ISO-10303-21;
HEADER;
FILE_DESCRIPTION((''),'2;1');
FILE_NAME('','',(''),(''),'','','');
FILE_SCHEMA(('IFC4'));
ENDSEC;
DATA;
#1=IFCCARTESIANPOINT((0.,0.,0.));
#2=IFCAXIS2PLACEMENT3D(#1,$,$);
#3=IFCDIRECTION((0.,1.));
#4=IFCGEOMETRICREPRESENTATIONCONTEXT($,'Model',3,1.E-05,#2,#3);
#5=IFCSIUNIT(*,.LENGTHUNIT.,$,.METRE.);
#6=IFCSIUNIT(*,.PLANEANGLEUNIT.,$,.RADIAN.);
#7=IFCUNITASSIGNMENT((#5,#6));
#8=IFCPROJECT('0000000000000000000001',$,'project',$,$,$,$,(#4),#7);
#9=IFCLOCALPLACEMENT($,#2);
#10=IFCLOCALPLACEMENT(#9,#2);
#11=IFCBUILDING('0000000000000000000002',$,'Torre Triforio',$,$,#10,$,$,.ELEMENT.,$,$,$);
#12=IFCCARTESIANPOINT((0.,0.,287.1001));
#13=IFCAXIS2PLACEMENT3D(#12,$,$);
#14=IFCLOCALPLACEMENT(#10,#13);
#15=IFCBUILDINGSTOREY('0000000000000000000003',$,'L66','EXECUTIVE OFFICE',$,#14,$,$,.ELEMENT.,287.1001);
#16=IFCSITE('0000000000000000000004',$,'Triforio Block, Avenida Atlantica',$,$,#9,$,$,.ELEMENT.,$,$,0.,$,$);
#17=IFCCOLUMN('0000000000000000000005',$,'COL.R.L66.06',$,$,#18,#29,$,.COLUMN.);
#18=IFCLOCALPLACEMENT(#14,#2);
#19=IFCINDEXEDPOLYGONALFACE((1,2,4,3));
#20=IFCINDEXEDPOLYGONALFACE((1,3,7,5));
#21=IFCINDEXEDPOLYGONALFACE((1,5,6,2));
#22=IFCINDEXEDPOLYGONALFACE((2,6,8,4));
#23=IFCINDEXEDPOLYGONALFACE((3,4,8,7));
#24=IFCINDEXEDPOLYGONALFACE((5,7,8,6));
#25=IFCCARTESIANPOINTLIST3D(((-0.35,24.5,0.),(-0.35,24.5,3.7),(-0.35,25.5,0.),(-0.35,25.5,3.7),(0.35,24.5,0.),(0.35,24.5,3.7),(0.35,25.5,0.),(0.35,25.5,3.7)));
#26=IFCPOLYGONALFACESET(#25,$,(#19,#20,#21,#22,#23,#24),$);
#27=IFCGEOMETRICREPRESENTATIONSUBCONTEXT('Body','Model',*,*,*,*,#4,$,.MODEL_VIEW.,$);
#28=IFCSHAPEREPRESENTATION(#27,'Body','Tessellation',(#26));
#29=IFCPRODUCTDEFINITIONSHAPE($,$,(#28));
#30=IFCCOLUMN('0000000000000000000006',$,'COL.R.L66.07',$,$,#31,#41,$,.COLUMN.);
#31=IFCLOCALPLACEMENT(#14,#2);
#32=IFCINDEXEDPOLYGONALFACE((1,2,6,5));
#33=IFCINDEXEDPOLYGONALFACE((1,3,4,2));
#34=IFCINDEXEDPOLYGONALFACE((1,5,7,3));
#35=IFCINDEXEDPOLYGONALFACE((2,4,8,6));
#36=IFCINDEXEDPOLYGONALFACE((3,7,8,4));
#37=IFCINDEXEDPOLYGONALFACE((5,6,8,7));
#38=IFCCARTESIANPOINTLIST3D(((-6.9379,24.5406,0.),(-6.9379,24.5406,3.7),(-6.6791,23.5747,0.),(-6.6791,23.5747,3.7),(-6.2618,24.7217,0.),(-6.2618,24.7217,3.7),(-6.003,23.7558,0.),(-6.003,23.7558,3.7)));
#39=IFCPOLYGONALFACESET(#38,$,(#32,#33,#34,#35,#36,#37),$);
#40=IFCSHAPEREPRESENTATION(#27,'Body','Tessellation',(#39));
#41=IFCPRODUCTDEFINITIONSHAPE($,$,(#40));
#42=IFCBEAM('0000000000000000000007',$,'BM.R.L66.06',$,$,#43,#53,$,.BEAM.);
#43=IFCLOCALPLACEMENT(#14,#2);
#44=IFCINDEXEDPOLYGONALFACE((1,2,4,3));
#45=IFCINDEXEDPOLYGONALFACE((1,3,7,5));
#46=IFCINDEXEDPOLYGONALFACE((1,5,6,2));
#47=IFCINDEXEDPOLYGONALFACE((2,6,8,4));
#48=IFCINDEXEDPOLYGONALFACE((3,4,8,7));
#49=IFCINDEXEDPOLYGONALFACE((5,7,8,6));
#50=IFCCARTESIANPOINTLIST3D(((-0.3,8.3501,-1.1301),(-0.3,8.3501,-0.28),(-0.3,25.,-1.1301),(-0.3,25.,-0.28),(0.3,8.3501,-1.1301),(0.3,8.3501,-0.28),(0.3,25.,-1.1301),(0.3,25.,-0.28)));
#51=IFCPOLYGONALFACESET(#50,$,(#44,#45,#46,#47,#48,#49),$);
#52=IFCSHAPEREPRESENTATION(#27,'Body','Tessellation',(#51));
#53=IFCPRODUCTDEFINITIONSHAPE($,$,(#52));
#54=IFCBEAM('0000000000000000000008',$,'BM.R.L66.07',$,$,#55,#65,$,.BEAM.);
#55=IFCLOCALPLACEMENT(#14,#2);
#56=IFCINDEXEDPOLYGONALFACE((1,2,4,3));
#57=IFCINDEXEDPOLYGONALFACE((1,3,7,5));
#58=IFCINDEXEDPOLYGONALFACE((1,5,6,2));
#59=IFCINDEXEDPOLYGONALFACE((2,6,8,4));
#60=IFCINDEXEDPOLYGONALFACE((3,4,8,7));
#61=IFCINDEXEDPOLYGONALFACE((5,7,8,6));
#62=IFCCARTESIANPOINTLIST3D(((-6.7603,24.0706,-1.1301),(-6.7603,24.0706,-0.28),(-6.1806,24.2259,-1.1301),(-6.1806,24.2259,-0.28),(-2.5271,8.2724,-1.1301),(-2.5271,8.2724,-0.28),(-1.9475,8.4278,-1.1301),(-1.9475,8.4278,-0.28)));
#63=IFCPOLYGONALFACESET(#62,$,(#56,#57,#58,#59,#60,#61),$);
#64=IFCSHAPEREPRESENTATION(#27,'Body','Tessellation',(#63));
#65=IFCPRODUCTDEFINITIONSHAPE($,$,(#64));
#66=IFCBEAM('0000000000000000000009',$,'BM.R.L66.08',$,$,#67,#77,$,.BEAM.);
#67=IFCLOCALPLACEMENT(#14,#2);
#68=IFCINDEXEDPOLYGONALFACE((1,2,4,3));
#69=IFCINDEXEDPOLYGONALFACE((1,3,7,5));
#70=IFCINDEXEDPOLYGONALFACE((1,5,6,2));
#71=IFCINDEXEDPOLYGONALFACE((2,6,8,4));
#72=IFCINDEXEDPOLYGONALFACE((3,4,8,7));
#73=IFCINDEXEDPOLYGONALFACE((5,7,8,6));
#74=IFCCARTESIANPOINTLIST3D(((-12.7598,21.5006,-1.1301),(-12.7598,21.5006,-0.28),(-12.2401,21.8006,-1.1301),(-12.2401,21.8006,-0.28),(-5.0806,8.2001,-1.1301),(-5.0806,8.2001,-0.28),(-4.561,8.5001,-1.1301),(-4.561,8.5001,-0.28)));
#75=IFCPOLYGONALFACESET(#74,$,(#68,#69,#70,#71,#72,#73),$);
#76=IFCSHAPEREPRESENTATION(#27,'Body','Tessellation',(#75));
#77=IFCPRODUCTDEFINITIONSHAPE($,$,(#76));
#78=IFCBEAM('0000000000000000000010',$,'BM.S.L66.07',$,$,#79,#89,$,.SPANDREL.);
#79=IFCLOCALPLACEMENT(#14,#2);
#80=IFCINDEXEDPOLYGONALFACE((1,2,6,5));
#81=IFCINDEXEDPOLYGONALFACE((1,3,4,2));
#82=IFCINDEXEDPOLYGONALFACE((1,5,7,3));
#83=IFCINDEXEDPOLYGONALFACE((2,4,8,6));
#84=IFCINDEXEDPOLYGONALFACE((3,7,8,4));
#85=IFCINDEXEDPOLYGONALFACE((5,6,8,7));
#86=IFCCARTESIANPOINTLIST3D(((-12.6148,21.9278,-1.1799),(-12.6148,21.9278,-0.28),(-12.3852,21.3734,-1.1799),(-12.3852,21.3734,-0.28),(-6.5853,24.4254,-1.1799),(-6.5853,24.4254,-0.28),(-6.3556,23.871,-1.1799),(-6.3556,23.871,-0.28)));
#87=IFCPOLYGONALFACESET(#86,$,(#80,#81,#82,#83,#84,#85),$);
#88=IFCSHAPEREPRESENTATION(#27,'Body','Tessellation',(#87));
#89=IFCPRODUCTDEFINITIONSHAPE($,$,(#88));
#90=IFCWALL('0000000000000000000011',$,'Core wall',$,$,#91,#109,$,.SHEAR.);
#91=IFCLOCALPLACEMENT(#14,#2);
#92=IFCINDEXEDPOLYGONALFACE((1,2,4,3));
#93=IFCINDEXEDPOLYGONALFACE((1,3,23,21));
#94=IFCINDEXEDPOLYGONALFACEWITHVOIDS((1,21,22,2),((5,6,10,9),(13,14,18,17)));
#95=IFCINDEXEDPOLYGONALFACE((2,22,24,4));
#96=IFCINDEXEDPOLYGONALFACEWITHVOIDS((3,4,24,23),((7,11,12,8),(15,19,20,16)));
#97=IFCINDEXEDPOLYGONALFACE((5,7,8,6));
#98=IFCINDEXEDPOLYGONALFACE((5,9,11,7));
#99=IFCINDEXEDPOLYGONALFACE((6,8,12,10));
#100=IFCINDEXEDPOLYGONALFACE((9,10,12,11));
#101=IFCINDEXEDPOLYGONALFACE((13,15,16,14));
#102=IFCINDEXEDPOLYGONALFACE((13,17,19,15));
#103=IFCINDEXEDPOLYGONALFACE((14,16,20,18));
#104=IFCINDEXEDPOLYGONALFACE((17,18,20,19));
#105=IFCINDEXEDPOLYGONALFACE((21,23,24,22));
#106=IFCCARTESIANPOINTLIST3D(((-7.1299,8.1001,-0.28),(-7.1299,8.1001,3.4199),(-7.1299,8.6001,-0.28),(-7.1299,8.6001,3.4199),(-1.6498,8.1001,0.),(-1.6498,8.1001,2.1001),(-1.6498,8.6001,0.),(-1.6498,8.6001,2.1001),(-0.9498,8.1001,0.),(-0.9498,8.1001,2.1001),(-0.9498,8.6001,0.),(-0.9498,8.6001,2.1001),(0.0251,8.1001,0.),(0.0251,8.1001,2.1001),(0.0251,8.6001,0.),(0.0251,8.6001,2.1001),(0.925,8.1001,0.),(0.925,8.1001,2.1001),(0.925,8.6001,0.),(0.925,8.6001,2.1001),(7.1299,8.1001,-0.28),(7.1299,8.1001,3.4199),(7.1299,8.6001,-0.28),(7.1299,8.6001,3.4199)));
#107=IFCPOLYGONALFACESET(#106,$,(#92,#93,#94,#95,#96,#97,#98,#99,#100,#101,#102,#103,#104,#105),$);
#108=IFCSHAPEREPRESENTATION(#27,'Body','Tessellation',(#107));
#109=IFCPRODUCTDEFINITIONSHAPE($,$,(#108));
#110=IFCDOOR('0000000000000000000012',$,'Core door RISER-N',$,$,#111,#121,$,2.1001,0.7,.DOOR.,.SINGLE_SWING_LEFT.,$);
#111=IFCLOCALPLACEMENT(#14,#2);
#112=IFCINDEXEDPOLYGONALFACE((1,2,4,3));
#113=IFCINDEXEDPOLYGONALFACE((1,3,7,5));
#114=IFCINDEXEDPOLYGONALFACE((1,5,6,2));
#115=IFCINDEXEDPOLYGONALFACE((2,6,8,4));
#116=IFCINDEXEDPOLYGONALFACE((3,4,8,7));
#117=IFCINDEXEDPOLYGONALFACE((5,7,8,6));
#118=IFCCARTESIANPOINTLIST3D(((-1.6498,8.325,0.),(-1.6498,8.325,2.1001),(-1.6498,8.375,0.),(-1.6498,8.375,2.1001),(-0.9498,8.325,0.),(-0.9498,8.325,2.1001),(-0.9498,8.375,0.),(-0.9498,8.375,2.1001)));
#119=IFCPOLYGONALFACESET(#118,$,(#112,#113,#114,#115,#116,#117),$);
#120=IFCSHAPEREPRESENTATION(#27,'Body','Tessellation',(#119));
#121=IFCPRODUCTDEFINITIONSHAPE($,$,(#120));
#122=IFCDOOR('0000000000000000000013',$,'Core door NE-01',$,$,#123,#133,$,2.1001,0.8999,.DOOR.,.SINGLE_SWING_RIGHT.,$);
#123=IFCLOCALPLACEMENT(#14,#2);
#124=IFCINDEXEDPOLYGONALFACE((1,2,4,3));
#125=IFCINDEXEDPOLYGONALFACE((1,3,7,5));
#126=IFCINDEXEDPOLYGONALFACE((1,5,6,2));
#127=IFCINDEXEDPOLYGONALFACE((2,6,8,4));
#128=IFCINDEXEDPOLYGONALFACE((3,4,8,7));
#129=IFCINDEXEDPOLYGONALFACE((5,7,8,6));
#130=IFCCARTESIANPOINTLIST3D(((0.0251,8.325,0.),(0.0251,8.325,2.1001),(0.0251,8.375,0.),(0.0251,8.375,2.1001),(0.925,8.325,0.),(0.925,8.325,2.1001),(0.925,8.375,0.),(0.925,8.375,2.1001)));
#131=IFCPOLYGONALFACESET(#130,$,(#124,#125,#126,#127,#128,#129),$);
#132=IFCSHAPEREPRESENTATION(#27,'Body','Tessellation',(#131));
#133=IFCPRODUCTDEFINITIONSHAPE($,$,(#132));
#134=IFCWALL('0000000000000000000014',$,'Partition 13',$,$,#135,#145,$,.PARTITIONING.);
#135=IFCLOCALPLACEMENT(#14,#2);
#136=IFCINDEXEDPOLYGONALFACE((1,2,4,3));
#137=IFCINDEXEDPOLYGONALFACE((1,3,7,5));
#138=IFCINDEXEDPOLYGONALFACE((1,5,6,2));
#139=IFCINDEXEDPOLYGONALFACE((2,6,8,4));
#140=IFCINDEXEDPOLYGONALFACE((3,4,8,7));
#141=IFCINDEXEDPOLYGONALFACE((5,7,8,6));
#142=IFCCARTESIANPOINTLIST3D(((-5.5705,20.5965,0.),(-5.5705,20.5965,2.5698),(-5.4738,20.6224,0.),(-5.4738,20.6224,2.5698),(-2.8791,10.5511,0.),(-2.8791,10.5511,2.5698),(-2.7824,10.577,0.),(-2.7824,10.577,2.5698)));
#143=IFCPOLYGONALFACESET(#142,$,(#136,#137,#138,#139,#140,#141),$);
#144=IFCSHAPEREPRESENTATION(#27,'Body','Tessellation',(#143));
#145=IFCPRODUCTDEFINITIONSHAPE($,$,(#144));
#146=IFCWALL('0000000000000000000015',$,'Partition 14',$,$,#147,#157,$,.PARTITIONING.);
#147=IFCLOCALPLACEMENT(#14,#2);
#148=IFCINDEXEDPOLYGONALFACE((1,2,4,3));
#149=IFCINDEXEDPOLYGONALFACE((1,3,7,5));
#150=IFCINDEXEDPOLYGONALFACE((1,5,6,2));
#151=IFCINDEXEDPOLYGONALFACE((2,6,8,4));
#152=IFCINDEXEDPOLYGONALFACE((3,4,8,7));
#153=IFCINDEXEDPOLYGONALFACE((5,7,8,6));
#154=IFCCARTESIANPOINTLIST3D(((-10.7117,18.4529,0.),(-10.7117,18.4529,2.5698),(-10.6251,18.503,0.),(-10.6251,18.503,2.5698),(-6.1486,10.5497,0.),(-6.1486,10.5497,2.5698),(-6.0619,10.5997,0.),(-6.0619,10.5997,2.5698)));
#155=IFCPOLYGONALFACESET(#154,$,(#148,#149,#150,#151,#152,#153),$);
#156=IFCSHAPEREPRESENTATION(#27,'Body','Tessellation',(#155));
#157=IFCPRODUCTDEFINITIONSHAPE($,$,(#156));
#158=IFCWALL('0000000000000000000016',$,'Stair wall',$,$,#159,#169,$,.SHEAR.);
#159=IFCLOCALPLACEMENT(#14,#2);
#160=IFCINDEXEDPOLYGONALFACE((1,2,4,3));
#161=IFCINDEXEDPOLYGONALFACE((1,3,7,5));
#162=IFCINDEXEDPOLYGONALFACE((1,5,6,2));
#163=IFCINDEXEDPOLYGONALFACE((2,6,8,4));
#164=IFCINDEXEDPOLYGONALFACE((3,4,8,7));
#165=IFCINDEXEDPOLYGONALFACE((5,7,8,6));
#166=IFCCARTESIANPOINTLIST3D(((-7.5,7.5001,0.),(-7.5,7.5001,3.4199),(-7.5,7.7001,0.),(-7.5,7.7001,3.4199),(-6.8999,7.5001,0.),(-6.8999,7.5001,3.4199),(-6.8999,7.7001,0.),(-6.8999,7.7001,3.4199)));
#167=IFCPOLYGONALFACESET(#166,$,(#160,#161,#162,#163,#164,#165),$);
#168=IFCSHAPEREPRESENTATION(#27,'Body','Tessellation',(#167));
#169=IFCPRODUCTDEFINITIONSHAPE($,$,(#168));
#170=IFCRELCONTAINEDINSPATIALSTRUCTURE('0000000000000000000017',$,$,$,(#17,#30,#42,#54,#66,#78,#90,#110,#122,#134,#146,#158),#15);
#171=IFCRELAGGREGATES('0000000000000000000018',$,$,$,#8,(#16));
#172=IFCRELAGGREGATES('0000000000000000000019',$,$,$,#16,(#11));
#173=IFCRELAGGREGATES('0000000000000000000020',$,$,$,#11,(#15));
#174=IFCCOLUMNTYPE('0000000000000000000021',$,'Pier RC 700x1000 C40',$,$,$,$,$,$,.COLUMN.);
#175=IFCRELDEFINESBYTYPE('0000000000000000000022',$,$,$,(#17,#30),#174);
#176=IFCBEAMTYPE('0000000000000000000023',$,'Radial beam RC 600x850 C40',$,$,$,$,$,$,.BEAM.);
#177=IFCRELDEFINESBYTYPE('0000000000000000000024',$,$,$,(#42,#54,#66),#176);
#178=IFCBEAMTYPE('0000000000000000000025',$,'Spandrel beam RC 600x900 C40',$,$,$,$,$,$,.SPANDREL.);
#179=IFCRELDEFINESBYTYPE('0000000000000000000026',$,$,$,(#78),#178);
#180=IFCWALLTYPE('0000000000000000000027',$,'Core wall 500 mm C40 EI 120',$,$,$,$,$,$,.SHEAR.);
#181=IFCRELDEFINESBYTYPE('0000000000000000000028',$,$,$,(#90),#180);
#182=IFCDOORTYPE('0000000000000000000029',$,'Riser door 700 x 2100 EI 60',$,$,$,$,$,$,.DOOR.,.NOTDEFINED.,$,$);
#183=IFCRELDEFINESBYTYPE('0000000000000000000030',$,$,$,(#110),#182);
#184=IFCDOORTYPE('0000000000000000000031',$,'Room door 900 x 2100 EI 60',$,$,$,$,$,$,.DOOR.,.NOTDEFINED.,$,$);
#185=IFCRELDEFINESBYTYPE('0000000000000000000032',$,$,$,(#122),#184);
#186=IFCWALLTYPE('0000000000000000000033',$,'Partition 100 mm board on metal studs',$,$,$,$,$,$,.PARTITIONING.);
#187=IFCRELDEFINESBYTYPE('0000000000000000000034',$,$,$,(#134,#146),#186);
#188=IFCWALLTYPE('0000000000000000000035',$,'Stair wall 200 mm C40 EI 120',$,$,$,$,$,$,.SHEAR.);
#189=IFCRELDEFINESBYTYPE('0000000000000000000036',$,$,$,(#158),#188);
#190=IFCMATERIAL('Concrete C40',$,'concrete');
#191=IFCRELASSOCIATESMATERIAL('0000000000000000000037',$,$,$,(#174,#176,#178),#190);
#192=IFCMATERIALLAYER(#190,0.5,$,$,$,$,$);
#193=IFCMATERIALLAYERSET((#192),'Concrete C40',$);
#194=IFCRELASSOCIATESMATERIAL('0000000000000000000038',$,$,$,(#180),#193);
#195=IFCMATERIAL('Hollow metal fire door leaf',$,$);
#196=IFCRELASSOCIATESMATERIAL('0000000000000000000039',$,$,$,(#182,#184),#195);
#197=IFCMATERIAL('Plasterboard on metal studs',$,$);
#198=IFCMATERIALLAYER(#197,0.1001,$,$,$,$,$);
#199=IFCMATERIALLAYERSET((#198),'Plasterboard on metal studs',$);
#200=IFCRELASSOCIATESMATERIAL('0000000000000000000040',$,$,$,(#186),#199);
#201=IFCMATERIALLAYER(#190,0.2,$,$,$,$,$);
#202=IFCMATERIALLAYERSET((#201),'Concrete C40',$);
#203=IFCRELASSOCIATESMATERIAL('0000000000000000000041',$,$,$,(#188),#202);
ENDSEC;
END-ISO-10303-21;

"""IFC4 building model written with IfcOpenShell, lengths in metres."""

from ifc_helpers import new_model, si_unit, direction, frame, frame_2d, origin, origin_2d, place, context, subcontext, project, spatial, rectangle, extrude, material, layer, layer_set, material_profile, profile_set, type_object, element, fill, save


model = new_model("IFC4")

# Units and contexts
model_context = context("Model", 3, precision=1e-05, world=origin(), true_north=direction((0.0, 1.0)))
body_context = subcontext(model_context, "Body", "Model", "MODEL_VIEW")
ifc_project = project(units=[si_unit("LENGTHUNIT", "METRE"), si_unit("PLANEANGLEUNIT", "RADIAN")], contexts=[model_context])

# Site, building, storey
site_placement = place(None, origin())
site = spatial("IfcSite", under=ifc_project, at=site_placement, Name="Triforio Block, Avenida Atlantica", CompositionType="ELEMENT", RefElevation=0.0)
building_placement = place(site_placement, origin())
building = spatial("IfcBuilding", under=site, at=building_placement, Name="Torre Triforio", CompositionType="ELEMENT")
storey_placement = place(building_placement, frame((0.0, 0.0, 287.1001)))
storey = spatial("IfcBuildingStorey", under=building, at=storey_placement, Name="L66", Description="EXECUTIVE OFFICE", CompositionType="ELEMENT", Elevation=287.1001)

# Columns
ifc_material_1 = material(Name="Concrete C40", Category="concrete")
ifc_material_profile_1 = material_profile(ifc_material_1, rectangle(XDim=0.7, YDim=1.0, at=origin_2d()), Name="RC 700x1000")
ifc_profile_set_1 = profile_set([ifc_material_profile_1], Name="Concrete C40")
column_type = type_object("IfcColumnType", Name="Pier RC 700x1000 C40", PredefinedType="COLUMN", material=ifc_profile_set_1)
for number, where, z_axis, x_axis, name in (
    (1, (0.0, 25.0, 0.0), (0.0, 0.0, 1.0), (-1.0, 0.0, 0.0), "COL.R.L66.06"),
    (2, (-6.4705, 24.1482, 0.0), (0.0, 0.0, 1.0), (-0.965926, -0.258819, 0.0), "COL.R.L66.07"),
):
    element("IfcColumn", number, at=place(storey_placement, frame(where, z_axis=z_axis, x_axis=x_axis)), inside=storey, type_object=column_type, Name=name, PredefinedType="COLUMN", context=body_context, shape_type="SweptSolid", body=[
        extrude(rectangle(XDim=0.7, YDim=1.0, at=origin_2d()), origin(), (0.0, 0.0, 1.0), 3.7),
    ])

# Beams
ifc_material_profile_2 = material_profile(ifc_material_1, rectangle(XDim=0.6001, YDim=0.8501, at=origin_2d()), Name="RC 600x850")
ifc_profile_set_2 = profile_set([ifc_material_profile_2], Name="Concrete C40")
beam_type_1 = type_object("IfcBeamType", Name="Radial beam RC 600x850 C40", PredefinedType="BEAM", material=ifc_profile_set_2)
beam_1_placement = place(storey_placement, frame((0.0, 8.3501, -0.7051), z_axis=(0.0, 1.0, 0.0), x_axis=(-1.0, 0.0, 0.0)))
element("IfcBeam", 3, at=beam_1_placement, inside=storey, type_object=beam_type_1, Name="BM.R.L66.06", PredefinedType="BEAM", context=body_context, shape_type="SweptSolid", body=[
    extrude(rectangle(XDim=0.6001, YDim=0.8501, at=origin_2d()), origin(), (0.0, 0.0, 1.0), 16.6499),
])
beam_2_placement = place(storey_placement, frame((-2.2373, 8.3501, -0.7051), z_axis=(-0.258823, 0.965925, 0.0), x_axis=(-0.965925, -0.258823, 0.0)))
element("IfcBeam", 4, at=beam_2_placement, inside=storey, type_object=beam_type_1, Name="BM.R.L66.07", PredefinedType="BEAM", context=body_context, shape_type="SweptSolid", body=[
    extrude(rectangle(XDim=0.6001, YDim=0.8501, at=origin_2d()), origin(), (0.0, 0.0, 1.0), 16.3555),
])
beam_3_placement = place(storey_placement, frame((-4.8208, 8.3501, -0.7051), z_axis=(-0.500006, 0.866022, 0.0), x_axis=(-0.866022, -0.500006, 0.0)))
element("IfcBeam", 5, at=beam_3_placement, inside=storey, type_object=beam_type_1, Name="BM.R.L66.08", PredefinedType="BEAM", context=body_context, shape_type="SweptSolid", body=[
    extrude(rectangle(XDim=0.6001, YDim=0.8501, at=origin_2d()), origin(), (0.0, 0.0, 1.0), 15.3582),
])
ifc_material_profile_3 = material_profile(ifc_material_1, rectangle(XDim=0.6001, YDim=0.8999, at=origin_2d()), Name="RC 600x900")
ifc_profile_set_3 = profile_set([ifc_material_profile_3], Name="Concrete C40")
beam_type_2 = type_object("IfcBeamType", Name="Spandrel beam RC 600x900 C40", PredefinedType="SPANDREL", material=ifc_profile_set_3)
beam_4_placement = place(storey_placement, frame((-6.4705, 24.1482, -0.73), z_axis=(-0.923877, -0.382689, 0.0), x_axis=(0.382689, -0.923877, 0.0)))
element("IfcBeam", 6, at=beam_4_placement, inside=storey, type_object=beam_type_2, Name="BM.S.L66.07", PredefinedType="SPANDREL", context=body_context, shape_type="SweptSolid", body=[
    extrude(rectangle(XDim=0.6001, YDim=0.8999, at=origin_2d()), origin(), (0.0, 0.0, 1.0), 6.5264),
])

# Wall, openings, doors
ifc_layer_1 = layer(ifc_material_1, 0.5)
ifc_layer_set_1 = layer_set([ifc_layer_1], Name="Concrete C40")
wall_type_1 = type_object("IfcWallType", Name="Core wall 500 mm C40 EI 120", PredefinedType="SHEAR", material=ifc_layer_set_1)
wall_1_placement = place(storey_placement, frame((-7.1299, 8.3501, -0.28), z_axis=(0.0, 0.0, 1.0), x_axis=(1.0, 0.0, 0.0)))
wall_1 = element("IfcWall", 7, at=wall_1_placement, inside=storey, type_object=wall_type_1, Name="Core wall", PredefinedType="SHEAR", context=body_context, shape_type="SweptSolid", body=[
    extrude(rectangle(XDim=14.2598, YDim=0.5, at=frame_2d((7.1299, 0.0))), origin(), (0.0, 0.0, 1.0), 3.7),
])
opening_1_placement = place(wall_1_placement, frame((5.48, 0.0, 0.28)))
opening_1 = element("IfcOpeningElement", 8, at=opening_1_placement, cuts=wall_1, PredefinedType="OPENING", context=body_context, shape_type="SweptSolid", body=[
    extrude(rectangle(XDim=0.7, YDim=2.1001, at=frame_2d((0.3501, 1.05))), frame((0.0, 0.26, 0.0), z_axis=(0.0, -1.0, 0.0), x_axis=(1.0, 0.0, 0.0)), (0.0, 0.0, 1.0), 0.52),
])
opening_2_placement = place(wall_1_placement, frame((7.155, 0.0, 0.28)))
opening_2 = element("IfcOpeningElement", 9, at=opening_2_placement, cuts=wall_1, PredefinedType="OPENING", context=body_context, shape_type="SweptSolid", body=[
    extrude(rectangle(XDim=0.8999, YDim=2.1001, at=frame_2d((0.45, 1.05))), frame((0.0, 0.26, 0.0), z_axis=(0.0, -1.0, 0.0), x_axis=(1.0, 0.0, 0.0)), (0.0, 0.0, 1.0), 0.52),
])
ifc_material_2 = material(Name="Hollow metal fire door leaf")
door_type_1 = type_object("IfcDoorType", Name="Riser door 700 x 2100 EI 60", OperationType="NOTDEFINED", PredefinedType="DOOR", material=ifc_material_2)
door_1_placement = place(opening_1_placement, origin())
door_1 = element("IfcDoor", 10, at=door_1_placement, inside=storey, type_object=door_type_1, Name="Core door RISER-N", OperationType="SINGLE_SWING_LEFT", OverallHeight=2.1001, OverallWidth=0.7, PredefinedType="DOOR", context=body_context, shape_type="SweptSolid", body=[
    extrude(rectangle(XDim=0.7, YDim=2.1001, at=frame_2d((0.3501, 1.05))), frame((0.0, 0.0249, 0.0), z_axis=(0.0, -1.0, 0.0), x_axis=(1.0, 0.0, 0.0)), (0.0, 0.0, 1.0), 0.05),
])
fill(opening_1, door_1)
door_type_2 = type_object("IfcDoorType", Name="Room door 900 x 2100 EI 60", OperationType="NOTDEFINED", PredefinedType="DOOR", material=ifc_material_2)
door_2_placement = place(opening_2_placement, origin())
door_2 = element("IfcDoor", 11, at=door_2_placement, inside=storey, type_object=door_type_2, Name="Core door NE-01", OperationType="SINGLE_SWING_RIGHT", OverallHeight=2.1001, OverallWidth=0.8999, PredefinedType="DOOR", context=body_context, shape_type="SweptSolid", body=[
    extrude(rectangle(XDim=0.8999, YDim=2.1001, at=frame_2d((0.45, 1.05))), frame((0.0, 0.0249, 0.0), z_axis=(0.0, -1.0, 0.0), x_axis=(1.0, 0.0, 0.0)), (0.0, 0.0, 1.0), 0.05),
])
fill(opening_2, door_2)

# Walls
ifc_material_3 = material(Name="Plasterboard on metal studs")
ifc_layer_2 = layer(ifc_material_3, 0.1001)
ifc_layer_set_2 = layer_set([ifc_layer_2], Name="Plasterboard on metal studs")
wall_type_2 = type_object("IfcWallType", Name="Partition 100 mm board on metal studs", PredefinedType="PARTITIONING", material=ifc_layer_set_2)
wall_2_placement = place(storey_placement, frame((-2.8308, 10.5642, 0.0), z_axis=(0.0, 0.0, 1.0), x_axis=(-0.258796, 0.965932, 0.0)))
element("IfcWall", 12, at=wall_2_placement, inside=storey, type_object=wall_type_2, Name="Partition 13", PredefinedType="PARTITIONING", context=body_context, shape_type="SweptSolid", body=[
    extrude(rectangle(XDim=10.3997, YDim=0.1001, at=frame_2d((5.1997, 0.0))), origin(), (0.0, 0.0, 1.0), 2.5698),
])
wall_3_placement = place(storey_placement, frame((-6.1052, 10.5747, 0.0), z_axis=(0.0, 0.0, 1.0), x_axis=(-0.50002, 0.866014, 0.0)))
element("IfcWall", 13, at=wall_3_placement, inside=storey, type_object=wall_type_2, Name="Partition 14", PredefinedType="PARTITIONING", context=body_context, shape_type="SweptSolid", body=[
    extrude(rectangle(XDim=9.126, YDim=0.1001, at=frame_2d((4.563, 0.0))), origin(), (0.0, 0.0, 1.0), 2.5698),
])
ifc_layer_3 = layer(ifc_material_1, 0.2)
ifc_layer_set_3 = layer_set([ifc_layer_3], Name="Concrete C40")
wall_type_3 = type_object("IfcWallType", Name="Stair wall 200 mm C40 EI 120", PredefinedType="SHEAR", material=ifc_layer_set_3)
wall_4_placement = place(storey_placement, frame((-7.5, 7.6001, 0.0), z_axis=(0.0, 0.0, 1.0), x_axis=(1.0, 0.0, 0.0)))
element("IfcWall", 14, at=wall_4_placement, inside=storey, type_object=wall_type_3, Name="Stair wall", PredefinedType="SHEAR", context=body_context, shape_type="SweptSolid", body=[
    extrude(rectangle(XDim=0.6001, YDim=0.2, at=frame_2d((0.3, 0.0))), origin(), (0.0, 0.0, 1.0), 3.4199),
])

save(model, "model.ifc")
